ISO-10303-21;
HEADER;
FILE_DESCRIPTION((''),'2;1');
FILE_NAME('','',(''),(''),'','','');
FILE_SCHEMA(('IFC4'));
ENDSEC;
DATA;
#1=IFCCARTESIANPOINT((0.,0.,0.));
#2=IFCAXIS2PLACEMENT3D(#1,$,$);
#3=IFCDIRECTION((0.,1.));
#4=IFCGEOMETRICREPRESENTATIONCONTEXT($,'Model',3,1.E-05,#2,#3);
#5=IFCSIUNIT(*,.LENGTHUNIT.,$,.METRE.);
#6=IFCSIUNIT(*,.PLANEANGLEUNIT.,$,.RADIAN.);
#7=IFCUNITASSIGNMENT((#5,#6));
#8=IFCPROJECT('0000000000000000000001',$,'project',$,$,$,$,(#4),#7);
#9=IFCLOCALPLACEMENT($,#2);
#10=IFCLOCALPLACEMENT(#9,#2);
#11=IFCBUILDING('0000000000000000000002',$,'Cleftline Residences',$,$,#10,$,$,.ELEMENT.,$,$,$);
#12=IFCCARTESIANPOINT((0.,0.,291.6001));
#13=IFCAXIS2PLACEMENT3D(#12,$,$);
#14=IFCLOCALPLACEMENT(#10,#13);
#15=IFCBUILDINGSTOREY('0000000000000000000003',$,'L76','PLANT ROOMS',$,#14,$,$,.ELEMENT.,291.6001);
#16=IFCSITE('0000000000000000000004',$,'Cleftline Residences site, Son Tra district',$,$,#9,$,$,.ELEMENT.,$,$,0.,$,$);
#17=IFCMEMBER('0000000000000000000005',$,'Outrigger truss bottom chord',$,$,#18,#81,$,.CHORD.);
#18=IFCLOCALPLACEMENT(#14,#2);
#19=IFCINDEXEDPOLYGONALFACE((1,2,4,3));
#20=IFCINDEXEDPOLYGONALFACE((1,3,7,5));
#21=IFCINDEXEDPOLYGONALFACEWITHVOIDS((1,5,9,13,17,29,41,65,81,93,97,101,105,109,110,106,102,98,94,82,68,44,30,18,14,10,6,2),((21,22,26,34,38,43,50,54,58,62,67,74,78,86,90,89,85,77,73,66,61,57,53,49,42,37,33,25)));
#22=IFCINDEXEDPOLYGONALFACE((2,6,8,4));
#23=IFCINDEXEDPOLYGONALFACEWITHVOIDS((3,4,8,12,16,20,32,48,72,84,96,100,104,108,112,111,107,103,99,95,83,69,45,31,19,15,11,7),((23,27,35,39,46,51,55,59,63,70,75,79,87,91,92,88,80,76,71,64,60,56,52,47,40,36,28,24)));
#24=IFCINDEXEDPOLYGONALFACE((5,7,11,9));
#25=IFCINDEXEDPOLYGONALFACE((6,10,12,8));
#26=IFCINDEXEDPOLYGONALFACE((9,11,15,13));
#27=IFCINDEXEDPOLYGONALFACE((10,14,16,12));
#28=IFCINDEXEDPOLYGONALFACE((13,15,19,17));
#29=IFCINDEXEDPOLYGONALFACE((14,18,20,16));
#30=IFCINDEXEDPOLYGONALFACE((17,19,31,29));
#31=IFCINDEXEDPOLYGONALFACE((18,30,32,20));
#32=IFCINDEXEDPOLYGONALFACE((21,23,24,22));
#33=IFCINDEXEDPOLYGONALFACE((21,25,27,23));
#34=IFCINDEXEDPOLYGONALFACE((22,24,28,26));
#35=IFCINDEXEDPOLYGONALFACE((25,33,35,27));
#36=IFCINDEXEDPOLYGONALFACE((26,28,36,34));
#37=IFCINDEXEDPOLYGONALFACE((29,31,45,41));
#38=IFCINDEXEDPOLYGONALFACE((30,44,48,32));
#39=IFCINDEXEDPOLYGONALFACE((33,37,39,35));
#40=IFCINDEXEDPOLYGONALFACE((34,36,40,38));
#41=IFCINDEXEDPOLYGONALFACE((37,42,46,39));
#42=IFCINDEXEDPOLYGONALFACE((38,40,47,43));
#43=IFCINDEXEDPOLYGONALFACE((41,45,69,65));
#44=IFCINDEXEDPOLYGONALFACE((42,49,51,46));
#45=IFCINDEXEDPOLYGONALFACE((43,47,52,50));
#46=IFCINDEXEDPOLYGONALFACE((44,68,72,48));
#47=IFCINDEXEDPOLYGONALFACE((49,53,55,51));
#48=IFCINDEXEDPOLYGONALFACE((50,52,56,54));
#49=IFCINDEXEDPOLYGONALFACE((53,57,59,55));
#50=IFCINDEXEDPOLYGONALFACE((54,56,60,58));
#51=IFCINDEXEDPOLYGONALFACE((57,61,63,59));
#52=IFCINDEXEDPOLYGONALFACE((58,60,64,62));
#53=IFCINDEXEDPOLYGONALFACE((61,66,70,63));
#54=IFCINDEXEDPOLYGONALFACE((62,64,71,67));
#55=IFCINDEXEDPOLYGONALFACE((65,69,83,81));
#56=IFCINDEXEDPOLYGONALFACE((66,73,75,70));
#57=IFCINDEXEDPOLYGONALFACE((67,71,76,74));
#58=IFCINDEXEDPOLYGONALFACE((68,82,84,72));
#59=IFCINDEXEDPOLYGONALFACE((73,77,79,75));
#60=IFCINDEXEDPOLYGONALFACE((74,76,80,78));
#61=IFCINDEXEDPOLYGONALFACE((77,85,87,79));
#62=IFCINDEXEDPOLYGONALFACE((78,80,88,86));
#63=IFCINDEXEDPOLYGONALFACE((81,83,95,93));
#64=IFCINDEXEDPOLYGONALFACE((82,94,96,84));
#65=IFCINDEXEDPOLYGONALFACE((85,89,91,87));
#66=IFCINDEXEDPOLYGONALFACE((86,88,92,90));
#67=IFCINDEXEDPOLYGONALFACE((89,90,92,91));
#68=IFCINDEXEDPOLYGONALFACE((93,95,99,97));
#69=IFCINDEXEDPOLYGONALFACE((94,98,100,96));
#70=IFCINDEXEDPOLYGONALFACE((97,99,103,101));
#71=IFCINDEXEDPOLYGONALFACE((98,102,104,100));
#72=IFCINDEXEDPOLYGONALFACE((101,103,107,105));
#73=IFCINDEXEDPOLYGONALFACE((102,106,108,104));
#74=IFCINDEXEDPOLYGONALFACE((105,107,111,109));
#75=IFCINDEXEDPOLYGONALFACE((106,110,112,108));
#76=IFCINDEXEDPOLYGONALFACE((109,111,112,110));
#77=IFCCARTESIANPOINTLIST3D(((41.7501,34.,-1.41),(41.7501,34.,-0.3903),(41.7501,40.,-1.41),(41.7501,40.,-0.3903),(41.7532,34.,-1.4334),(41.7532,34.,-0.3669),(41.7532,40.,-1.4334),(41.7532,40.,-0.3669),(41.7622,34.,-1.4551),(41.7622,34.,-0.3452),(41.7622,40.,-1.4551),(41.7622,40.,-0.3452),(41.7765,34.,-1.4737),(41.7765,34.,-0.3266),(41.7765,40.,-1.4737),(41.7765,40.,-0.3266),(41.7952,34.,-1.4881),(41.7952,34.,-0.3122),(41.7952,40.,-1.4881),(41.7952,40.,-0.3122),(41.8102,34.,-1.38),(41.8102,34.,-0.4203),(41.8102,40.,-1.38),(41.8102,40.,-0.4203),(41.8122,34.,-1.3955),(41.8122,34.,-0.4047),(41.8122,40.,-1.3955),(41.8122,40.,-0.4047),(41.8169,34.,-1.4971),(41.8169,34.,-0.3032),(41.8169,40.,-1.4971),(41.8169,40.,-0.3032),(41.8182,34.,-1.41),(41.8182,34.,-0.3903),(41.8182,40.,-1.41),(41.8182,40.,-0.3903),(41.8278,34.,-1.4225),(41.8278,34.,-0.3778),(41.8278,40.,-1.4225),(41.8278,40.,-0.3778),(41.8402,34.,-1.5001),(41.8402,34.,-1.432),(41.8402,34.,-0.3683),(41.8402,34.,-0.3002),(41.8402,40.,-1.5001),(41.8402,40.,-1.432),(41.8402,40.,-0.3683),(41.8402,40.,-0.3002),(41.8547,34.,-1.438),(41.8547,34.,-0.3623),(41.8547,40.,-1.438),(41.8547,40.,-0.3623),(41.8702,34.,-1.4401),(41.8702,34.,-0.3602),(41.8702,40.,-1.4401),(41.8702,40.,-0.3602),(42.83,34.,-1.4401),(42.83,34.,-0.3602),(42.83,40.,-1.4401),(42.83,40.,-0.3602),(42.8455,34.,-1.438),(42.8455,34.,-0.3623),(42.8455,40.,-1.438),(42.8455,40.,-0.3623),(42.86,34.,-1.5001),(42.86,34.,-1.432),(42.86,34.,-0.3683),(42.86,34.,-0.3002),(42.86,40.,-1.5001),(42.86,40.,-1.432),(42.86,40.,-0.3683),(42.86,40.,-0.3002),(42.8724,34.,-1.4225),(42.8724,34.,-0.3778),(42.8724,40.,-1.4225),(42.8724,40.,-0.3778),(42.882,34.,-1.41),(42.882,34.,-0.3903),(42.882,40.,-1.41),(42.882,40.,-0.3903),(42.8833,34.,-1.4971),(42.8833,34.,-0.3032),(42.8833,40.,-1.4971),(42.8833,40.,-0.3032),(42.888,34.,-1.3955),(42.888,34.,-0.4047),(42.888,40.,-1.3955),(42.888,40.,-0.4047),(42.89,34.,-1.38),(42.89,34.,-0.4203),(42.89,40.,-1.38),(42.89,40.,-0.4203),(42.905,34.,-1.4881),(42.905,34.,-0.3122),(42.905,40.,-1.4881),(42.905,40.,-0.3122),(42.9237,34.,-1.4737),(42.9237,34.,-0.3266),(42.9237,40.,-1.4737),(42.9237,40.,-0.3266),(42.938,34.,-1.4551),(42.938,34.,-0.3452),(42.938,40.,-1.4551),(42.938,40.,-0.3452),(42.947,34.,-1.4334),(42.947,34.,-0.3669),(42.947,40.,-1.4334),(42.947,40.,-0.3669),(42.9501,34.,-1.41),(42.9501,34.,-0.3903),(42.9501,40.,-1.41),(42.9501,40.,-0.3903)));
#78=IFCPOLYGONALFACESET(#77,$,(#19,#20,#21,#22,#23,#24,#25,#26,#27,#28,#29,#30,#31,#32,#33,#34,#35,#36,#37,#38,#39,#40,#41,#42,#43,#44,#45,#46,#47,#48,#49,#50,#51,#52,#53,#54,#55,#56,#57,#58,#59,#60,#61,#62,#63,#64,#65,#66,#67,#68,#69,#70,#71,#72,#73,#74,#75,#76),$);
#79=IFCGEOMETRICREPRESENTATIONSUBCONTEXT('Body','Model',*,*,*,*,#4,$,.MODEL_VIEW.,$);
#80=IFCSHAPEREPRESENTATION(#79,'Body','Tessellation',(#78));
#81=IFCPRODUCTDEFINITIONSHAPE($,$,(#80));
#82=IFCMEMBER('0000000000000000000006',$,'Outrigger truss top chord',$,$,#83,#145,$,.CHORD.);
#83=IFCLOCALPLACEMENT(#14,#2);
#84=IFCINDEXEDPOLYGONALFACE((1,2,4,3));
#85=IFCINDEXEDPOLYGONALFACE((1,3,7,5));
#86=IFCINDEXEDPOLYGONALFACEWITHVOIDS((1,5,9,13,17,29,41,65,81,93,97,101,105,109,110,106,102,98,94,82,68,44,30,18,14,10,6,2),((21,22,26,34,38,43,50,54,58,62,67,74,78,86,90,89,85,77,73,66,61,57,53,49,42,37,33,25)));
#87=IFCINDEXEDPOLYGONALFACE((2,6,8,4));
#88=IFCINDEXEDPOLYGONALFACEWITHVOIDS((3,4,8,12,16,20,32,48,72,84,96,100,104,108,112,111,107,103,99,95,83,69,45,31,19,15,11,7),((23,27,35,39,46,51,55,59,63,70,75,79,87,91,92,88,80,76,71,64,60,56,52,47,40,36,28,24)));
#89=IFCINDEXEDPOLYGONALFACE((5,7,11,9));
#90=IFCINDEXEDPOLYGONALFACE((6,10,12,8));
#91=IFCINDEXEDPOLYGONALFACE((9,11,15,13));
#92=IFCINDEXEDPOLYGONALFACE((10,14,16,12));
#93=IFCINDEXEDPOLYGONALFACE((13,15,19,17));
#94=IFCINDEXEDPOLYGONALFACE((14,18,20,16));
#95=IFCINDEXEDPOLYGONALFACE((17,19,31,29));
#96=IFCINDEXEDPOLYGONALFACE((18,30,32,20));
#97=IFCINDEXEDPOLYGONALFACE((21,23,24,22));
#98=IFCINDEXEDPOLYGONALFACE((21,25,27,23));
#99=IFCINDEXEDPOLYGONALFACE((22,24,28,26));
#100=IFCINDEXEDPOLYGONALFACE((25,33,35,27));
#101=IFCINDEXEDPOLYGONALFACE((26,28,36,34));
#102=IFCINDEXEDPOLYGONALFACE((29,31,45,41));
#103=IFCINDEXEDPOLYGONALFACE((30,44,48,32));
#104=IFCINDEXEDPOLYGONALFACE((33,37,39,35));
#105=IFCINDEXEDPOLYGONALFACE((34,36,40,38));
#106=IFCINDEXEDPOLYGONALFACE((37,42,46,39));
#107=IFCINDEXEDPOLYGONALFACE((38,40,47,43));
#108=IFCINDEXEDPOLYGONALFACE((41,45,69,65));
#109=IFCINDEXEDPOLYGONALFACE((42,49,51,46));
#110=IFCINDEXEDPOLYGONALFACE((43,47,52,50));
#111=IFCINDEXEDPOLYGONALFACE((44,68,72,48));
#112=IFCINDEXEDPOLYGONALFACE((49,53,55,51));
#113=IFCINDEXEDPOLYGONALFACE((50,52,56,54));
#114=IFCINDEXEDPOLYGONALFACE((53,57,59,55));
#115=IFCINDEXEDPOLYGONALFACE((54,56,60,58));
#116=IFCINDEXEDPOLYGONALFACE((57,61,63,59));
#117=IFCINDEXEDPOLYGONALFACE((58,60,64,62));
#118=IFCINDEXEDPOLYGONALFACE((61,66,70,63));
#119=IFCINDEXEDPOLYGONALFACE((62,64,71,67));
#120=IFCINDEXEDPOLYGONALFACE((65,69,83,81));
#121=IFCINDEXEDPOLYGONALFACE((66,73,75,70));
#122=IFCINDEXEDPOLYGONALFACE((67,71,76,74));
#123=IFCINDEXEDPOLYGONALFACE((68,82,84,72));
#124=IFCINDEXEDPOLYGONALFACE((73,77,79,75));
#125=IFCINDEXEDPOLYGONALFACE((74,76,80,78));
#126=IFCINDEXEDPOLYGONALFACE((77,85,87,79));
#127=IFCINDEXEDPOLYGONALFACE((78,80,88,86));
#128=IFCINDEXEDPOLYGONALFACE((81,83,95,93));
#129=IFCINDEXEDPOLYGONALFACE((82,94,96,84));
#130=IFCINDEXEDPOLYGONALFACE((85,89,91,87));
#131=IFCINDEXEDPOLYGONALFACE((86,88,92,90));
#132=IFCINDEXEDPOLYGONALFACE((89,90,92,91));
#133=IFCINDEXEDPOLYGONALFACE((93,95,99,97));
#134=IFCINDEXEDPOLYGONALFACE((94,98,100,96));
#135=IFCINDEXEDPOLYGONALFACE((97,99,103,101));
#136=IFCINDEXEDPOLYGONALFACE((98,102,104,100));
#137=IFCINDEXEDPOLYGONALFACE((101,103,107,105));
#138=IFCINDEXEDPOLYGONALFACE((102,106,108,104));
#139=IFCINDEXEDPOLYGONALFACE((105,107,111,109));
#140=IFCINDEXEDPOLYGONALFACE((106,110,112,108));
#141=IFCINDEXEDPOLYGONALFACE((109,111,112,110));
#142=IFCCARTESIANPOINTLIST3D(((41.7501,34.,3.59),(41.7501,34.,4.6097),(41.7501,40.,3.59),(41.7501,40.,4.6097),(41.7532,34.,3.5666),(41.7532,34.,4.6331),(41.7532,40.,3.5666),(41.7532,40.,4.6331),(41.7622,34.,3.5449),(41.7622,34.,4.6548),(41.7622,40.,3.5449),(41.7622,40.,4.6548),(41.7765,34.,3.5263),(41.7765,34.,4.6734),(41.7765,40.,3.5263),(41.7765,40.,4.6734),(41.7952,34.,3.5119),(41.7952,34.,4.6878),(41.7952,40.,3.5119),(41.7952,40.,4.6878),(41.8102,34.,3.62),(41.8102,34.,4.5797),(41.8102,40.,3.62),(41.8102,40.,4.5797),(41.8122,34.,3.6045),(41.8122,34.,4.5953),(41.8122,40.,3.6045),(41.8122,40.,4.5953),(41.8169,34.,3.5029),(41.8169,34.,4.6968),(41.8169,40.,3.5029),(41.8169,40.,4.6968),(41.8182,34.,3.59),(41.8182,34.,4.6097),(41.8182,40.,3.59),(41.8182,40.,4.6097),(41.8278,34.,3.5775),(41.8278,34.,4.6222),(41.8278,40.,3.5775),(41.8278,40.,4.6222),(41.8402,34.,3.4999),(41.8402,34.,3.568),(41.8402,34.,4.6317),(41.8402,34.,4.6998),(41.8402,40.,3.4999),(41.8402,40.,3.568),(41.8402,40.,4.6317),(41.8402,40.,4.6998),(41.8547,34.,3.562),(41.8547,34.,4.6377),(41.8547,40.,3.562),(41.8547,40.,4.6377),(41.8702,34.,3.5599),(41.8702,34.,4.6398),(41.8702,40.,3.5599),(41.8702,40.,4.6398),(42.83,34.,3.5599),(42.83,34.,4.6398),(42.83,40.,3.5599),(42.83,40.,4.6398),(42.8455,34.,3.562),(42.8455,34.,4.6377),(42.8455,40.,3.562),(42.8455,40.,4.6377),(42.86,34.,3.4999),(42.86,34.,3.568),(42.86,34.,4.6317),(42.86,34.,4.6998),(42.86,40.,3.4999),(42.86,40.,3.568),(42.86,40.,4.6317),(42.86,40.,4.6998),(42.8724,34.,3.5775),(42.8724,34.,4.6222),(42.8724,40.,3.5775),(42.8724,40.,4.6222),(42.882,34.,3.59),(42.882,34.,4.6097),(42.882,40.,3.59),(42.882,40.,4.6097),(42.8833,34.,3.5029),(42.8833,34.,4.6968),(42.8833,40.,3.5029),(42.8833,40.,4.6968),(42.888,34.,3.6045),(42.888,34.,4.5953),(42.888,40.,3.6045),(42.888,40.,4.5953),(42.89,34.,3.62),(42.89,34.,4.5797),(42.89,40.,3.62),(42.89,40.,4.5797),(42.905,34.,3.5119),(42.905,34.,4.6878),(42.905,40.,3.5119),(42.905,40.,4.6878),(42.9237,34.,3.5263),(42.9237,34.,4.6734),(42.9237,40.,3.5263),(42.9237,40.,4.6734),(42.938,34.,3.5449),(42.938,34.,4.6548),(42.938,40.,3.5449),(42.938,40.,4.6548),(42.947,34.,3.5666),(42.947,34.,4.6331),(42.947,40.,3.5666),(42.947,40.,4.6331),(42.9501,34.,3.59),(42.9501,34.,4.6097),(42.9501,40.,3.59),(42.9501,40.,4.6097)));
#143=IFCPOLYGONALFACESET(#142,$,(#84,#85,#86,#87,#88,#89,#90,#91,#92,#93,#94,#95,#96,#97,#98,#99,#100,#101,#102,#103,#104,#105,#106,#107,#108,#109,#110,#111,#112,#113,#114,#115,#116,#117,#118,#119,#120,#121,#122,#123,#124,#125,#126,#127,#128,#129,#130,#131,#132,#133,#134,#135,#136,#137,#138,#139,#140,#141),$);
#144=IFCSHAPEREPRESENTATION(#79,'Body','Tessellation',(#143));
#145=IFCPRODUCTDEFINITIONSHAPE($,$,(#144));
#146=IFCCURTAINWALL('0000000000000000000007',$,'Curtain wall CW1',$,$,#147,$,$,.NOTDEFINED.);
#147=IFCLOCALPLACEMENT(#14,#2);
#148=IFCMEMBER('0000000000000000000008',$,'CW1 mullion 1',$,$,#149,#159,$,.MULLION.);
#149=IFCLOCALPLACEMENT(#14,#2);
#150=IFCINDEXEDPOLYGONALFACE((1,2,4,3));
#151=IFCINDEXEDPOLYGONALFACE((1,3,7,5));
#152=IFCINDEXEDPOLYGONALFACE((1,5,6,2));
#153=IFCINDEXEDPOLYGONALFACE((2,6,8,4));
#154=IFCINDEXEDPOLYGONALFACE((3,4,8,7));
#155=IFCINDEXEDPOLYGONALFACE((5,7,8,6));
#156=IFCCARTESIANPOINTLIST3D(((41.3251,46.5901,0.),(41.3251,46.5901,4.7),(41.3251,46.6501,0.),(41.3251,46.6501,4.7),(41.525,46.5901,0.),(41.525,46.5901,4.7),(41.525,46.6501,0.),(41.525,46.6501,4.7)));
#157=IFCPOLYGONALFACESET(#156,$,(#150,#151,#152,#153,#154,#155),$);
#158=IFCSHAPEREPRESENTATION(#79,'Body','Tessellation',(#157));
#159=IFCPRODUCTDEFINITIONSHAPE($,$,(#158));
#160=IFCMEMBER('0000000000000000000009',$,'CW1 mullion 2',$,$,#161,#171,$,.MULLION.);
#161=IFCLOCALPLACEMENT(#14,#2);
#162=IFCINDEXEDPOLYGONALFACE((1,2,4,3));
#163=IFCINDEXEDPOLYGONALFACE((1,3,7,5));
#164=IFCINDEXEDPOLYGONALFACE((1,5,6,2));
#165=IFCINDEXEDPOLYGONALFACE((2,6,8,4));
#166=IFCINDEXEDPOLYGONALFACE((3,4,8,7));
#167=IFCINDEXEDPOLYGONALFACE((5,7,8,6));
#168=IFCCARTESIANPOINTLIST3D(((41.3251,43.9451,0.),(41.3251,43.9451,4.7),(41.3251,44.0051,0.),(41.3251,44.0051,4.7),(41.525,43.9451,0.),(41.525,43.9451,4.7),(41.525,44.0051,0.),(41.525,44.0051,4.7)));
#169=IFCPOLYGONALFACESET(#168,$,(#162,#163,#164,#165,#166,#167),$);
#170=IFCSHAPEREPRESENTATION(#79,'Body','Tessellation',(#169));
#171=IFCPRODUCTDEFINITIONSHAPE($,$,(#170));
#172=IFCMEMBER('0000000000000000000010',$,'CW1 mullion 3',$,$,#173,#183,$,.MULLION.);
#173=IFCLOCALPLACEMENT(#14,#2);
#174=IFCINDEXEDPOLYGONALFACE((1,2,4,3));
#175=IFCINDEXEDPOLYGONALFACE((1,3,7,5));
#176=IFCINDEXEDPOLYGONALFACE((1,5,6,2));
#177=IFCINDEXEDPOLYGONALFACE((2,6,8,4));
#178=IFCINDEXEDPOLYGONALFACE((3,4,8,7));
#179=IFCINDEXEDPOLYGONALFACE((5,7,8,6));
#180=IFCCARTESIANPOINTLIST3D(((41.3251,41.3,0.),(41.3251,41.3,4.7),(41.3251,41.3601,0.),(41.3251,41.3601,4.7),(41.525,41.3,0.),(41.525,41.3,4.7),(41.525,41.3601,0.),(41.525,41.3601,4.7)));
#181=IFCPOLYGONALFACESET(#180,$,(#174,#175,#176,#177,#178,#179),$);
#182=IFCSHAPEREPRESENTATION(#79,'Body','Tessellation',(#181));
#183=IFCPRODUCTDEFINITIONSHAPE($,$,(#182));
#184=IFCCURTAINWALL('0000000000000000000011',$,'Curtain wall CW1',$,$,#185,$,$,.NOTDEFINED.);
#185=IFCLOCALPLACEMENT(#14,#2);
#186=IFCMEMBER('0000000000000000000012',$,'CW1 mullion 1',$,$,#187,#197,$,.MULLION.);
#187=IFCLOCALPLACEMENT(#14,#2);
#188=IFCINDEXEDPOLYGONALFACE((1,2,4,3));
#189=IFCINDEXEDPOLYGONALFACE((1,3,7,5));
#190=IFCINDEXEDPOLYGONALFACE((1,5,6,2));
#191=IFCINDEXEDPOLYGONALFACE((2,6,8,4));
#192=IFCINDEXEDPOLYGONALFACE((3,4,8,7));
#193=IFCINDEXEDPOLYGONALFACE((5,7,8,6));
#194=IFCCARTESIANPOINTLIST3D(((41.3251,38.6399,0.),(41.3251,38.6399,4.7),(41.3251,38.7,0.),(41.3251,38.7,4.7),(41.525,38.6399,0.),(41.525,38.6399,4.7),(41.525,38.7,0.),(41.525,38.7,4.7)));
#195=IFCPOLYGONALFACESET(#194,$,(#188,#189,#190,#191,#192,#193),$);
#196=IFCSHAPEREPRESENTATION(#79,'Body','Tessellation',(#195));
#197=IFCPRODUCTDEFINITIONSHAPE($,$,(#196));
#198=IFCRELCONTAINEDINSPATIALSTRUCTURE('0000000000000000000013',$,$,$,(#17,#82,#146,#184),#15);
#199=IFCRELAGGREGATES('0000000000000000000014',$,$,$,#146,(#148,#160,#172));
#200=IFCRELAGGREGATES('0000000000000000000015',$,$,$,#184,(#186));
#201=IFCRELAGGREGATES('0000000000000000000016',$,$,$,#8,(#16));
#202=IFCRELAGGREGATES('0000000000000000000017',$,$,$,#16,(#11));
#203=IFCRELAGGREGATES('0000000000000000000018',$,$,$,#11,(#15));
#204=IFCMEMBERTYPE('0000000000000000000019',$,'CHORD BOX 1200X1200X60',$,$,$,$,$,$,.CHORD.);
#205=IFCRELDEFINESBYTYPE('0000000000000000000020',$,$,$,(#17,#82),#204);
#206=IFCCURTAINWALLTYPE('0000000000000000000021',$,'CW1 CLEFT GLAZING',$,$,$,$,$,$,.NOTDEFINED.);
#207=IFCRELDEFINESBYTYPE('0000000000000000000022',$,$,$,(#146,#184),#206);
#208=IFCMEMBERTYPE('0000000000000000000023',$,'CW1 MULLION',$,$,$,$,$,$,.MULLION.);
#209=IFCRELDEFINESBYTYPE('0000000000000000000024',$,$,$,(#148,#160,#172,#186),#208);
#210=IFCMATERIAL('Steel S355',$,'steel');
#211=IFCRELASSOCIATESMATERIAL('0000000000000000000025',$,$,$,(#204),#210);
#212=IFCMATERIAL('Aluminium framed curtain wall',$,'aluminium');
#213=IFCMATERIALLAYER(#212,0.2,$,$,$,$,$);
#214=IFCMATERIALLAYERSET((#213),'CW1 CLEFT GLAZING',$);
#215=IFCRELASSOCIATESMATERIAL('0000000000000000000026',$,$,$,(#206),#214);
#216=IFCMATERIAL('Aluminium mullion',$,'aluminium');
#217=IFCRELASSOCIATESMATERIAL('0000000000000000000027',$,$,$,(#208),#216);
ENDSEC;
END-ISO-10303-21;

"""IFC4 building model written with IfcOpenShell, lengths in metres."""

from ifc_helpers import new_model, si_unit, direction, frame, origin, origin_2d, place, context, subcontext, project, spatial, rectangle, hollow_rectangle, extrude, material, layer, layer_set, material_profile, profile_set, type_object, element, aggregate, save


model = new_model("IFC4")

# Units and contexts
model_context = context("Model", 3, precision=1e-05, world=origin(), true_north=direction((0.0, 1.0)))
body_context = subcontext(model_context, "Body", "Model", "MODEL_VIEW")
ifc_project = project(units=[si_unit("LENGTHUNIT", "METRE"), si_unit("PLANEANGLEUNIT", "RADIAN")], contexts=[model_context])

# Site, building, storey
site_placement = place(None, origin())
site = spatial("IfcSite", under=ifc_project, at=site_placement, Name="Cleftline Residences site, Son Tra district", CompositionType="ELEMENT", RefElevation=0.0)
building_placement = place(site_placement, origin())
building = spatial("IfcBuilding", under=site, at=building_placement, Name="Cleftline Residences", CompositionType="ELEMENT")
storey_placement = place(building_placement, frame((0.0, 0.0, 291.6001)))
storey = spatial("IfcBuildingStorey", under=building, at=storey_placement, Name="L76", Description="PLANT ROOMS", CompositionType="ELEMENT", Elevation=291.6001)

# Members
ifc_material_1 = material(Name="Steel S355", Category="steel")
ifc_material_profile_1 = material_profile(ifc_material_1, hollow_rectangle(XDim=1.2, YDim=1.2, WallThickness=0.0601, InnerFilletRadius=0.0601, OuterFilletRadius=0.0901, at=origin_2d()))
ifc_profile_set_1 = profile_set([ifc_material_profile_1], Name="Steel S355")
member_type_1 = type_object("IfcMemberType", Name="CHORD BOX 1200X1200X60", PredefinedType="CHORD", material=ifc_profile_set_1)
for number, where, z_axis, x_axis, name in (
    (1, (42.3501, 40.0, -0.9001), (0.0, -1.0, 0.0), (1.0, 0.0, 0.0), "Outrigger truss bottom chord"),
    (2, (42.3501, 40.0, 4.0999), (0.0, -1.0, 0.0), (1.0, 0.0, 0.0), "Outrigger truss top chord"),
):
    element("IfcMember", number, at=place(storey_placement, frame(where, z_axis=z_axis, x_axis=x_axis)), inside=storey, type_object=member_type_1, Name=name, PredefinedType="CHORD", context=body_context, shape_type="SweptSolid", body=[
        extrude(hollow_rectangle(XDim=1.2, YDim=1.2, WallThickness=0.0601, InnerFilletRadius=0.0601, OuterFilletRadius=0.0901, at=origin_2d()), origin(), (0.0, 0.0, 1.0), 6.0),
    ])

# Curtain walls, members
ifc_material_2 = material(Name="Aluminium framed curtain wall", Category="aluminium")
ifc_layer_1 = layer(ifc_material_2, 0.2)
ifc_layer_set_1 = layer_set([ifc_layer_1], Name="CW1 CLEFT GLAZING")
curtain_wall_type = type_object("IfcCurtainWallType", Name="CW1 CLEFT GLAZING", PredefinedType="NOTDEFINED", material=ifc_layer_set_1)
curtain_wall_1_placement = place(storey_placement, origin())
curtain_wall_1 = element("IfcCurtainWall", 3, at=curtain_wall_1_placement, inside=storey, type_object=curtain_wall_type, Name="Curtain wall CW1", PredefinedType="NOTDEFINED")
ifc_material_3 = material(Name="Aluminium mullion", Category="aluminium")
ifc_material_profile_2 = material_profile(ifc_material_3, rectangle(XDim=0.2, YDim=0.0601, at=origin_2d()))
ifc_profile_set_2 = profile_set([ifc_material_profile_2], Name="Aluminium mullion")
member_type_2 = type_object("IfcMemberType", Name="CW1 MULLION", PredefinedType="MULLION", material=ifc_profile_set_2)
member_1_placement = place(storey_placement, frame((41.425, 46.6201, 0.0), z_axis=(0.0, 0.0, 1.0), x_axis=(1.0, 0.0, 0.0)))
member_1 = element("IfcMember", 4, at=member_1_placement, type_object=member_type_2, Name="CW1 mullion 1", PredefinedType="MULLION", context=body_context, shape_type="SweptSolid", body=[
    extrude(rectangle(XDim=0.2, YDim=0.0601, at=origin_2d()), origin(), (0.0, 0.0, 1.0), 4.7),
])
member_2_placement = place(storey_placement, frame((41.425, 43.9751, 0.0), z_axis=(0.0, 0.0, 1.0), x_axis=(1.0, 0.0, 0.0)))
member_2 = element("IfcMember", 5, at=member_2_placement, type_object=member_type_2, Name="CW1 mullion 2", PredefinedType="MULLION", context=body_context, shape_type="SweptSolid", body=[
    extrude(rectangle(XDim=0.2, YDim=0.0601, at=origin_2d()), origin(), (0.0, 0.0, 1.0), 4.7),
])
member_3_placement = place(storey_placement, frame((41.425, 41.3301, 0.0), z_axis=(0.0, 0.0, 1.0), x_axis=(1.0, 0.0, 0.0)))
member_3 = element("IfcMember", 6, at=member_3_placement, type_object=member_type_2, Name="CW1 mullion 3", PredefinedType="MULLION", context=body_context, shape_type="SweptSolid", body=[
    extrude(rectangle(XDim=0.2, YDim=0.0601, at=origin_2d()), origin(), (0.0, 0.0, 1.0), 4.7),
])
curtain_wall_2_placement = place(storey_placement, origin())
curtain_wall_2 = element("IfcCurtainWall", 7, at=curtain_wall_2_placement, inside=storey, type_object=curtain_wall_type, Name="Curtain wall CW1", PredefinedType="NOTDEFINED")
member_4_placement = place(storey_placement, frame((41.425, 38.6699, 0.0), z_axis=(0.0, 0.0, 1.0), x_axis=(1.0, 0.0, 0.0)))
member_4 = element("IfcMember", 8, at=member_4_placement, type_object=member_type_2, Name="CW1 mullion 1", PredefinedType="MULLION", context=body_context, shape_type="SweptSolid", body=[
    extrude(rectangle(XDim=0.2, YDim=0.0601, at=origin_2d()), origin(), (0.0, 0.0, 1.0), 4.7),
])

aggregate(curtain_wall_1, [member_1, member_2, member_3])
aggregate(curtain_wall_2, [member_4])

save(model, "model.ifc")
